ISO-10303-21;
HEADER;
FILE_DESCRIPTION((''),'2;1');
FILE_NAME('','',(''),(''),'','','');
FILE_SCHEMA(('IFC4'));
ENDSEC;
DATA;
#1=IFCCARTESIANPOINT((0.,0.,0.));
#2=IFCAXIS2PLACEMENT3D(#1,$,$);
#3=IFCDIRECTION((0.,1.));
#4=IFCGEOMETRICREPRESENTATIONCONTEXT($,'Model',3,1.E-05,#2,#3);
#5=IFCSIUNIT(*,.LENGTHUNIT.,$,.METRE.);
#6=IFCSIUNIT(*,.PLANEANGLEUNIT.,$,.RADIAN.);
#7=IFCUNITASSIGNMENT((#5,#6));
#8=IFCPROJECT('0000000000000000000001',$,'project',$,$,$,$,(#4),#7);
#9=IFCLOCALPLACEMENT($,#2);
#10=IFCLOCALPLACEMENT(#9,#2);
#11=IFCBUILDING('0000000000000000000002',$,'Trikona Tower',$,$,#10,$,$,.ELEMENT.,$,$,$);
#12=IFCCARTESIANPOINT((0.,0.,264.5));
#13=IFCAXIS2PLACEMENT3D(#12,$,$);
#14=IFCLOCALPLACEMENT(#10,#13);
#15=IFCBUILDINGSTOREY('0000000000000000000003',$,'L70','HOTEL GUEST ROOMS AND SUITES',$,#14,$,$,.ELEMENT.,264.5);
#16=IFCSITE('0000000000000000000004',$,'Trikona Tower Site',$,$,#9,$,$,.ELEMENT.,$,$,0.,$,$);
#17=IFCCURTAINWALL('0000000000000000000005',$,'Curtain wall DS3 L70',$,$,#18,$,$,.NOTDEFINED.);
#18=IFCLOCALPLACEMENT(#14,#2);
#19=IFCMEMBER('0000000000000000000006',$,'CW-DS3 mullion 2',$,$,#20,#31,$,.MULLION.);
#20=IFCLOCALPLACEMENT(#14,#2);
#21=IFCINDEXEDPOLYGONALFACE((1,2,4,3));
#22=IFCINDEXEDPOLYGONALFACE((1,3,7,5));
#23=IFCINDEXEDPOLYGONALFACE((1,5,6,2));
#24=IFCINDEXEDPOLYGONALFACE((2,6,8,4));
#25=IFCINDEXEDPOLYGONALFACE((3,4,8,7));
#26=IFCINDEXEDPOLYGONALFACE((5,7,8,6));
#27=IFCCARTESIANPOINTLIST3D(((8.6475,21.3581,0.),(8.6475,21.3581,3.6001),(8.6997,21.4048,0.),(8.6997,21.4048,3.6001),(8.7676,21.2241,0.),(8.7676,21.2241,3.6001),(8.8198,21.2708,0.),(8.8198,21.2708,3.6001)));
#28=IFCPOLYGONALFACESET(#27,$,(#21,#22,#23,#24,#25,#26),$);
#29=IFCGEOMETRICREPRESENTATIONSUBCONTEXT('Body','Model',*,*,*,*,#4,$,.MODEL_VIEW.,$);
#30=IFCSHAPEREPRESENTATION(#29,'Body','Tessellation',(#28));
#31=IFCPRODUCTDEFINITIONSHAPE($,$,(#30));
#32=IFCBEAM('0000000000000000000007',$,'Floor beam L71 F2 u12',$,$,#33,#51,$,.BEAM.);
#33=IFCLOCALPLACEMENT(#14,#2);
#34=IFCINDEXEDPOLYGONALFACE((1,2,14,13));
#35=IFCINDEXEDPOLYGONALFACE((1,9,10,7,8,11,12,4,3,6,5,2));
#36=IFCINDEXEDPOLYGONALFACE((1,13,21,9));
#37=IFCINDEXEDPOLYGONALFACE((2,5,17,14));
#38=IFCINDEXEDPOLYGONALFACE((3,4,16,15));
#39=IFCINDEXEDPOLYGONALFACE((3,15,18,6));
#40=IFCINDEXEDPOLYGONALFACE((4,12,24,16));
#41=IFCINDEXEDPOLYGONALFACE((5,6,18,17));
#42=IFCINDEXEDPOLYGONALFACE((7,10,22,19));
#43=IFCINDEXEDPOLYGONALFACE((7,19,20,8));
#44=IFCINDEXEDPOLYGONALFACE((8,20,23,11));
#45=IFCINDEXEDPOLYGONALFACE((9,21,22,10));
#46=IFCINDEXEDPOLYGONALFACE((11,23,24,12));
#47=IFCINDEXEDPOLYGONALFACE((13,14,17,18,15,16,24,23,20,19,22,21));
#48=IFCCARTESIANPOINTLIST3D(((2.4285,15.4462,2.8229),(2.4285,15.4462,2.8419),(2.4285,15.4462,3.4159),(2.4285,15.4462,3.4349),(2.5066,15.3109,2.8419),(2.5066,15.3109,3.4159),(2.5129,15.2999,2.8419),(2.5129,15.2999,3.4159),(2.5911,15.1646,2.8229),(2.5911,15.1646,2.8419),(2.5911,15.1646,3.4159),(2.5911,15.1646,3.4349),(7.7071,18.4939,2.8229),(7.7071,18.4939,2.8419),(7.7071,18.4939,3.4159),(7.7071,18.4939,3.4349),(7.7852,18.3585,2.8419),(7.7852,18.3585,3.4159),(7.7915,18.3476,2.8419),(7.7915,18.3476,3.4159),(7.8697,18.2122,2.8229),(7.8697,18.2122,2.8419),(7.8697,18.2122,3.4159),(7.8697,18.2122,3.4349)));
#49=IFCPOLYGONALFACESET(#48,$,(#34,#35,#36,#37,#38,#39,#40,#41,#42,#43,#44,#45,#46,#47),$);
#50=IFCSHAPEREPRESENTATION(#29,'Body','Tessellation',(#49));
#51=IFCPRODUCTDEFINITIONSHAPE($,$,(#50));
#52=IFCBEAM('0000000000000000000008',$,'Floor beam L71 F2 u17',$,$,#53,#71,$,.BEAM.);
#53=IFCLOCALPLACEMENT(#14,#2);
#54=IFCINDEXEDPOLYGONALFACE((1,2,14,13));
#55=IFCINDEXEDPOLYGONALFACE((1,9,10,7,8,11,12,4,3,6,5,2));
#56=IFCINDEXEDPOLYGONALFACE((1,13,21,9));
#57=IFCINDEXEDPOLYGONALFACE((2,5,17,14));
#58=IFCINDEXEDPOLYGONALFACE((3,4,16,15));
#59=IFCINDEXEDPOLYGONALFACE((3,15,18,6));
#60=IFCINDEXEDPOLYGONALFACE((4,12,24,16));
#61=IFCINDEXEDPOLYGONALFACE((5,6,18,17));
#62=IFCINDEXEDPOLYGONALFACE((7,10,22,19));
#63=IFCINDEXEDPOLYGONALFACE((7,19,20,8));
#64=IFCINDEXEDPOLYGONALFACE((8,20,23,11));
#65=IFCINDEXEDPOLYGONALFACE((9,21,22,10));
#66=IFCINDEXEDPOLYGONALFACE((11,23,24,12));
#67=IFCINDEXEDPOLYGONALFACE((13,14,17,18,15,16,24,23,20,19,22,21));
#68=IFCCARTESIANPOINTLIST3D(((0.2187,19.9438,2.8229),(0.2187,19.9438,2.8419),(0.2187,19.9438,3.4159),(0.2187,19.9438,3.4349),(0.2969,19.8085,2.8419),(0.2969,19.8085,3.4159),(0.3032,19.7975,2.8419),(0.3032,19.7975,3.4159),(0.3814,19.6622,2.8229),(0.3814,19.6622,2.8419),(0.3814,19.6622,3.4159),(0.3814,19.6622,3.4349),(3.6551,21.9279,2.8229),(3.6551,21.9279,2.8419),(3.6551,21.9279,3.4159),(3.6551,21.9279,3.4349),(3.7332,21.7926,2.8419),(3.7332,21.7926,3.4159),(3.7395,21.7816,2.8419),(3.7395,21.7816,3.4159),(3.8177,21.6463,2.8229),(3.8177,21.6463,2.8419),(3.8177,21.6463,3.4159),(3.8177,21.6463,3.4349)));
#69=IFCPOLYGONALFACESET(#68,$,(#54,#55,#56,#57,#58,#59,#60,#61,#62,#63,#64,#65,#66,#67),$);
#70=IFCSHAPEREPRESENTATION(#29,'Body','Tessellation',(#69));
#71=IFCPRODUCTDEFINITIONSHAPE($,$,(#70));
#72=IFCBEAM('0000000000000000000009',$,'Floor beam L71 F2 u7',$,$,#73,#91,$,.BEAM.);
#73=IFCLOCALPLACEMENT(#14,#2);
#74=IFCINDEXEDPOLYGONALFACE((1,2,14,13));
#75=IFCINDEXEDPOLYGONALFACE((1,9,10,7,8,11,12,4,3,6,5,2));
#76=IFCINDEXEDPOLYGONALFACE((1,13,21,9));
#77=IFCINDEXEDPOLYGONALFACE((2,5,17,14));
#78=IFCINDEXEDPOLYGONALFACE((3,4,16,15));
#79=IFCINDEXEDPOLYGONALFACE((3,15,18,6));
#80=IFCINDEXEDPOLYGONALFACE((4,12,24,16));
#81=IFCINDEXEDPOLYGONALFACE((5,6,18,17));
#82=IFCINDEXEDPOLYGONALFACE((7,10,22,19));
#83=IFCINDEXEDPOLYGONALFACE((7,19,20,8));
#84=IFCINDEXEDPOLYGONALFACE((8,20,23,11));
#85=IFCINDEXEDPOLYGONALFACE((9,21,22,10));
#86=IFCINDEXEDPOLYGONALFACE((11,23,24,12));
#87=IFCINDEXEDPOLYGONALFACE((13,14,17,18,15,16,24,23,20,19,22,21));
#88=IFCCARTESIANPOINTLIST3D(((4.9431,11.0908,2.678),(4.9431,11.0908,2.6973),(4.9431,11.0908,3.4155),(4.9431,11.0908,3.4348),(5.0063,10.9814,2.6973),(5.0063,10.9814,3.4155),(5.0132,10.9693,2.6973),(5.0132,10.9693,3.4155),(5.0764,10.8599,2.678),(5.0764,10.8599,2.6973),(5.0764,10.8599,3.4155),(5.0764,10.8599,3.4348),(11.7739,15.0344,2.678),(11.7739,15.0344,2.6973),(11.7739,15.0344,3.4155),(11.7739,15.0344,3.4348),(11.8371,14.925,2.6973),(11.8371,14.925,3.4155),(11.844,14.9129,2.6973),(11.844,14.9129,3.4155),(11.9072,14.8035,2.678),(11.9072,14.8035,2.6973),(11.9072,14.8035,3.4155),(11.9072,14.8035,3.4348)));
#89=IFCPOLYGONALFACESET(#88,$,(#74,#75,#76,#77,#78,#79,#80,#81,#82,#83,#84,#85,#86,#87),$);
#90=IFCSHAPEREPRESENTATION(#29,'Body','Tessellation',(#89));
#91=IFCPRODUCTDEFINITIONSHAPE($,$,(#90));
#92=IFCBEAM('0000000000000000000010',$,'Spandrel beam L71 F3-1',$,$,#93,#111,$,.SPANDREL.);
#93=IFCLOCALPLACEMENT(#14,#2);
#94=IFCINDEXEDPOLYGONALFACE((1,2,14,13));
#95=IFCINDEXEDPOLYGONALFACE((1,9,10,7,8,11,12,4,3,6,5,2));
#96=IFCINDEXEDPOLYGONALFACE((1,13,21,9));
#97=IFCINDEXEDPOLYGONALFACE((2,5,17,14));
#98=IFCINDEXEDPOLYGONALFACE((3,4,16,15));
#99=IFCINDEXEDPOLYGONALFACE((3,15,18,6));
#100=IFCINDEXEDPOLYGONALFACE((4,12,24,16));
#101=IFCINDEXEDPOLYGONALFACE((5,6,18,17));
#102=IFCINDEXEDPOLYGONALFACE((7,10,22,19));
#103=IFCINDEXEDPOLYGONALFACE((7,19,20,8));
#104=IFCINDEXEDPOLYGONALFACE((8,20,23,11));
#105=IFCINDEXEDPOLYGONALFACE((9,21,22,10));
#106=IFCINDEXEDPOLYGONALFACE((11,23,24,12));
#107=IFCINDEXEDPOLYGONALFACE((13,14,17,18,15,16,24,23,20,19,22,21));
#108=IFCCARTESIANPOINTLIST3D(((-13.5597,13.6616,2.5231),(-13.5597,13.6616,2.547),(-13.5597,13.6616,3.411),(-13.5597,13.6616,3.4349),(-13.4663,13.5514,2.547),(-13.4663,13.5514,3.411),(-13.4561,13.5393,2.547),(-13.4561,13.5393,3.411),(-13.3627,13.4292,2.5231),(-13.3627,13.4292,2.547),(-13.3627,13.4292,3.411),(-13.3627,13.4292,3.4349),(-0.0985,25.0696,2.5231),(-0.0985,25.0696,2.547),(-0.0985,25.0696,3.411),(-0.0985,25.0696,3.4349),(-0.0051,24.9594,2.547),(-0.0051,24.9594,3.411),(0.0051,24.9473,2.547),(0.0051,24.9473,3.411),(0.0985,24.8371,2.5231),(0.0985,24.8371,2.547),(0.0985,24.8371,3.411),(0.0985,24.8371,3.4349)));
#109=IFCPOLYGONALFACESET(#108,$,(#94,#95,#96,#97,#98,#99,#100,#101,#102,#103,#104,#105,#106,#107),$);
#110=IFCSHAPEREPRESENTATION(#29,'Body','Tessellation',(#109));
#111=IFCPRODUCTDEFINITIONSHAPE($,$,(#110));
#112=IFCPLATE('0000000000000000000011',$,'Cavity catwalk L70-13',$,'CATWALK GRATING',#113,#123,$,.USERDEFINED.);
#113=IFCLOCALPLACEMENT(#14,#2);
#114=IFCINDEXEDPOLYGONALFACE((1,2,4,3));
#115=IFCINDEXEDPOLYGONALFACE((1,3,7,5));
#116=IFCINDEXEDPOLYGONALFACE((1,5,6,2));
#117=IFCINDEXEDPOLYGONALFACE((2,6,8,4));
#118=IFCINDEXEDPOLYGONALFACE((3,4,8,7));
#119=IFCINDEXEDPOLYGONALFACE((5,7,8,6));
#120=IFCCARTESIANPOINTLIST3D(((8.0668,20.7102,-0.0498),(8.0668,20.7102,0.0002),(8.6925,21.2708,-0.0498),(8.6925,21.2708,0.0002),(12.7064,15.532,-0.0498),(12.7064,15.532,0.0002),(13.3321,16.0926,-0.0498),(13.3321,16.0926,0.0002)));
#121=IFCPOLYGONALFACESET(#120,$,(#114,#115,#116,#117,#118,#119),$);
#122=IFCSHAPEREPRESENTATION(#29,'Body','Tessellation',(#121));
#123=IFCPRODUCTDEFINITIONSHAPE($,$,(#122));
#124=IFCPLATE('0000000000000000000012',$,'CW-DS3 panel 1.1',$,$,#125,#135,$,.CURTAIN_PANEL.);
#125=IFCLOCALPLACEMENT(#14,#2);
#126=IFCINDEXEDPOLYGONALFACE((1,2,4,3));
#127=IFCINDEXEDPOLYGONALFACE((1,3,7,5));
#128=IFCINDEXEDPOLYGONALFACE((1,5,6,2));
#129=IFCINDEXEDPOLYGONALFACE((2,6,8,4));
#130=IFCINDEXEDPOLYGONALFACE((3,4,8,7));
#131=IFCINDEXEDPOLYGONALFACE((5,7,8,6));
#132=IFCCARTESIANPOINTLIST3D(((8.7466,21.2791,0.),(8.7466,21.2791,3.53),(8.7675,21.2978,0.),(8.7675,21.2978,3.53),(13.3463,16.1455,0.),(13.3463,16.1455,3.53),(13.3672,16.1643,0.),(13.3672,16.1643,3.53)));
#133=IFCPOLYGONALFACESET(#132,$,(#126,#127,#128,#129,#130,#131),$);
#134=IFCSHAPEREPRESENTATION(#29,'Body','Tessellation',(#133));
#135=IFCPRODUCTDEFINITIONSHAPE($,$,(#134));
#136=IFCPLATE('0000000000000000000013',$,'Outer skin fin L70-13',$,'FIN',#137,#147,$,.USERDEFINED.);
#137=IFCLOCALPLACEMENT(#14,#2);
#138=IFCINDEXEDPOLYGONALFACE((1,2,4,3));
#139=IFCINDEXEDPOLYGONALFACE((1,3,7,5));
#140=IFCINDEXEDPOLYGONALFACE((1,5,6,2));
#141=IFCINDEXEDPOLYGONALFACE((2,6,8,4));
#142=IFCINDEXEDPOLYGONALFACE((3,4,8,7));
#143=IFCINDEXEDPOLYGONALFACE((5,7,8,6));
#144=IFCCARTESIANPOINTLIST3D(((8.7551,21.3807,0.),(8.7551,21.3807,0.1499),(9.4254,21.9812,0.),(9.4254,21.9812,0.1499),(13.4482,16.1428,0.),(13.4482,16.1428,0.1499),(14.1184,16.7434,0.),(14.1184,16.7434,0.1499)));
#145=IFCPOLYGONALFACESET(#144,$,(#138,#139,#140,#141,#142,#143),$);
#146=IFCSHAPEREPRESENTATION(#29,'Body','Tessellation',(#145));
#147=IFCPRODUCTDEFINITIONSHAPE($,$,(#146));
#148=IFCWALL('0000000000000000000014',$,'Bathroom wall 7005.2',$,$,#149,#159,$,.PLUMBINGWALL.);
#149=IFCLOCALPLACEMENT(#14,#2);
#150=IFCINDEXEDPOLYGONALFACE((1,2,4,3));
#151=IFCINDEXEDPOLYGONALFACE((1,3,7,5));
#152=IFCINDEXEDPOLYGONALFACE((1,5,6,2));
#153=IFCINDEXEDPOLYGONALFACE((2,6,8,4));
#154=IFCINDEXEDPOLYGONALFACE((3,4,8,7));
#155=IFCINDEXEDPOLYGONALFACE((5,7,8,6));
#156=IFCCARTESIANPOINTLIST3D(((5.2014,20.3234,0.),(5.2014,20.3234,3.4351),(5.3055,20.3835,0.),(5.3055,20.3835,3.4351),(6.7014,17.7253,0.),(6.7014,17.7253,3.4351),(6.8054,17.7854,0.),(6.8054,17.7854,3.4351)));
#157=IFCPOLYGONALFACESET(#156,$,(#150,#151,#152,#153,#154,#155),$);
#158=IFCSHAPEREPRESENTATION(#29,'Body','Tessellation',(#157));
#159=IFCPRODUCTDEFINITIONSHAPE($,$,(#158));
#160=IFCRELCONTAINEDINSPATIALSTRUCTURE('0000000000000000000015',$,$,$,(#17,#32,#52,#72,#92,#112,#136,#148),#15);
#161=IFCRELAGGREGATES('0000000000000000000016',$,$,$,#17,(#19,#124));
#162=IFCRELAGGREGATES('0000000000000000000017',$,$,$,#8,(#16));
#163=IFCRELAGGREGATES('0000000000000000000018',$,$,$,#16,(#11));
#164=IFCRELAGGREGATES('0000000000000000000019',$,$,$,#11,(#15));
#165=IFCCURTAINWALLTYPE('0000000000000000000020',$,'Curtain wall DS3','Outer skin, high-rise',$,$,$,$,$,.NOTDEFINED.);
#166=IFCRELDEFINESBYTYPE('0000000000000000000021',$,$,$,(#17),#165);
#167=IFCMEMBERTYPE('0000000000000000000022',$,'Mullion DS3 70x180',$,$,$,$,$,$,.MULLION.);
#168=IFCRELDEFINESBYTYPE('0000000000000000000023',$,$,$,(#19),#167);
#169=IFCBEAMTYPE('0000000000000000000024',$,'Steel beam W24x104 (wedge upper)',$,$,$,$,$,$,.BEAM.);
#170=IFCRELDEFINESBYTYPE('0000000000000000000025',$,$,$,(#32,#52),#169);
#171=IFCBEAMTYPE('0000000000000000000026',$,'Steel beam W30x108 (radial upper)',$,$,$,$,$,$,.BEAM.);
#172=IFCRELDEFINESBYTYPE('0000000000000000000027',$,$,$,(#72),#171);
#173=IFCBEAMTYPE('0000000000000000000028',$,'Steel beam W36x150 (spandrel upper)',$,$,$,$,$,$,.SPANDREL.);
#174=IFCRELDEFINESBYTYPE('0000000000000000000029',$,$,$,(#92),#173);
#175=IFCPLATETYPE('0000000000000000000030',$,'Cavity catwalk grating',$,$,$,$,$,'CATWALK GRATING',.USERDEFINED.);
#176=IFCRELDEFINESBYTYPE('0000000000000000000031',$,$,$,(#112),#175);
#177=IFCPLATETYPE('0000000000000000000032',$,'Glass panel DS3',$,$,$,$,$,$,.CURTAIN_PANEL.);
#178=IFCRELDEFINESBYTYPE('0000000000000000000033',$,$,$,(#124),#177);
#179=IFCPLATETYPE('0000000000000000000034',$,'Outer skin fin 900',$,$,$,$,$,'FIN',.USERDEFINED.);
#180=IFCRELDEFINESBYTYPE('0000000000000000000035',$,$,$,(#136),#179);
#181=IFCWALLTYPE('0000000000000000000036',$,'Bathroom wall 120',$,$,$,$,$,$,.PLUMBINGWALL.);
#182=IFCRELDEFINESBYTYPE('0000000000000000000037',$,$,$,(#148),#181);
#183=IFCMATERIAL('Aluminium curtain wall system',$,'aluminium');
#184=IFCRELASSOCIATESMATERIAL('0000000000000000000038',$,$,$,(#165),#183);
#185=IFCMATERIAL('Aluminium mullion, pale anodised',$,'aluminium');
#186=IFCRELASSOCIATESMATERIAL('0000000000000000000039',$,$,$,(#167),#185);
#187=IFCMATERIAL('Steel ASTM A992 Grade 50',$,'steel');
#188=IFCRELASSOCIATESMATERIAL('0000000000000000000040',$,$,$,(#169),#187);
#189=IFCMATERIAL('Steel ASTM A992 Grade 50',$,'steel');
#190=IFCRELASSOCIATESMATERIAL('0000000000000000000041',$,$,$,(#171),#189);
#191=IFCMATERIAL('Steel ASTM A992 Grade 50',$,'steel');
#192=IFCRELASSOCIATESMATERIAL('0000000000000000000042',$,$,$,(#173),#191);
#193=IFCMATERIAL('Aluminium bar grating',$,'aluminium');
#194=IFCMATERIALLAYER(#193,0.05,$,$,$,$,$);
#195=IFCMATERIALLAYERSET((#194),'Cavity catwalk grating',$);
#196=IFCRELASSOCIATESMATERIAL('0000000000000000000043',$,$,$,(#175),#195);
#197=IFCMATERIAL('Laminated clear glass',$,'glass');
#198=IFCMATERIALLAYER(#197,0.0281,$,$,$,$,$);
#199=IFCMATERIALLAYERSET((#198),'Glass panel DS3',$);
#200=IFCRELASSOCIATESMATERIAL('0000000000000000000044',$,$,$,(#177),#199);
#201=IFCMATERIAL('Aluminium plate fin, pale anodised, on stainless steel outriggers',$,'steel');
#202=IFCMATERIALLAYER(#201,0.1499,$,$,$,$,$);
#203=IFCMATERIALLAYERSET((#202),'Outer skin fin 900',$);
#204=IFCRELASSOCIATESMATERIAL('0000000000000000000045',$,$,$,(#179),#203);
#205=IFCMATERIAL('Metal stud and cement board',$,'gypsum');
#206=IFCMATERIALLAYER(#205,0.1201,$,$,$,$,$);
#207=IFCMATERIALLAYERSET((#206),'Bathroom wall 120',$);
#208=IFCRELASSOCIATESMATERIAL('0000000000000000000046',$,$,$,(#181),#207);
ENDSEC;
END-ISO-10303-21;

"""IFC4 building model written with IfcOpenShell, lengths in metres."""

from ifc_helpers import new_model, si_unit, direction, frame, frame_2d, origin, origin_2d, place, context, subcontext, project, spatial, rectangle, i_section, extrude, material, layer, layer_set, material_profile, profile_set, type_object, element, aggregate, save


model = new_model("IFC4")

# Units and contexts
model_context = context("Model", 3, precision=1e-05, world=origin(), true_north=direction((0.0, 1.0)))
body_context = subcontext(model_context, "Body", "Model", "MODEL_VIEW")
ifc_project = project(units=[si_unit("LENGTHUNIT", "METRE"), si_unit("PLANEANGLEUNIT", "RADIAN")], contexts=[model_context])

# Site, building, storey
site_placement = place(None, origin())
site = spatial("IfcSite", under=ifc_project, at=site_placement, Name="Trikona Tower Site", CompositionType="ELEMENT", RefElevation=0.0)
building_placement = place(site_placement, origin())
building = spatial("IfcBuilding", under=site, at=building_placement, Name="Trikona Tower", CompositionType="ELEMENT")
storey_placement = place(building_placement, frame((0.0, 0.0, 264.5)))
storey = spatial("IfcBuildingStorey", under=building, at=storey_placement, Name="L70", Description="HOTEL GUEST ROOMS AND SUITES", CompositionType="ELEMENT", Elevation=264.5)

# Curtain wall, member
ifc_material_1 = material(Name="Aluminium curtain wall system", Category="aluminium")
curtain_wall_type = type_object("IfcCurtainWallType", Name="Curtain wall DS3", Description="Outer skin, high-rise", PredefinedType="NOTDEFINED", material=ifc_material_1)
curtain_wall_placement = place(storey_placement, origin())
curtain_wall = element("IfcCurtainWall", 1, at=curtain_wall_placement, inside=storey, type_object=curtain_wall_type, Name="Curtain wall DS3 L70", PredefinedType="NOTDEFINED")
ifc_material_2 = material(Name="Aluminium mullion, pale anodised", Category="aluminium")
ifc_material_profile_1 = material_profile(ifc_material_2, rectangle(XDim=0.0701, YDim=0.1799, at=origin_2d()), Name="MUL-DS3")
ifc_profile_set_1 = profile_set([ifc_material_profile_1], Name="Aluminium mullion, pale anodised")
member_type = type_object("IfcMemberType", Name="Mullion DS3 70x180", PredefinedType="MULLION", material=ifc_profile_set_1)
member_placement = place(storey_placement, frame((8.7336, 21.3145, 0.0), z_axis=(0.0, 0.0, 1.0), x_axis=(-0.744771, -0.66732, 0.0)))
member = element("IfcMember", 2, at=member_placement, type_object=member_type, Name="CW-DS3 mullion 2", PredefinedType="MULLION", context=body_context, shape_type="SweptSolid", body=[
    extrude(rectangle(XDim=0.0701, YDim=0.1799, at=origin_2d()), origin(), (0.0, 0.0, 1.0), 3.6001),
])

# Beams
ifc_material_3 = material(Name="Steel ASTM A992 Grade 50", Category="steel")
ifc_material_profile_2 = material_profile(ifc_material_3, i_section(OverallWidth=0.3252, OverallDepth=0.6121, WebThickness=0.0127, FlangeThickness=0.019, at=origin_2d()), Name="W24X104")
ifc_profile_set_2 = profile_set([ifc_material_profile_2], Name="Steel ASTM A992 Grade 50")
beam_type_1 = type_object("IfcBeamType", Name="Steel beam W24x104 (wedge upper)", PredefinedType="BEAM", material=ifc_profile_set_2)
beam_1_placement = place(storey_placement, frame((2.5098, 15.3054, 3.1289), z_axis=(0.866023, 0.500003, 0.0), x_axis=(-0.500003, 0.866023, 0.0)))
element("IfcBeam", 3, at=beam_1_placement, inside=storey, type_object=beam_type_1, Name="Floor beam L71 F2 u12", PredefinedType="BEAM", context=body_context, shape_type="SweptSolid", body=[
    extrude(i_section(OverallWidth=0.3252, OverallDepth=0.6121, WebThickness=0.0127, FlangeThickness=0.019, at=origin_2d()), origin(), (0.0, 0.0, 1.0), 6.0952),
])
beam_2_placement = place(storey_placement, frame((0.3, 19.803, 3.1289), z_axis=(0.866004, 0.500037, 0.0), x_axis=(-0.500037, 0.866004, 0.0)))
element("IfcBeam", 4, at=beam_2_placement, inside=storey, type_object=beam_type_1, Name="Floor beam L71 F2 u17", PredefinedType="BEAM", context=body_context, shape_type="SweptSolid", body=[
    extrude(i_section(OverallWidth=0.3252, OverallDepth=0.6121, WebThickness=0.0127, FlangeThickness=0.019, at=origin_2d()), origin(), (0.0, 0.0, 1.0), 3.968),
])
ifc_material_4 = material(Name="Steel ASTM A992 Grade 50", Category="steel")
ifc_material_profile_3 = material_profile(ifc_material_4, i_section(OverallWidth=0.2666, OverallDepth=0.7568, WebThickness=0.0139, FlangeThickness=0.0193, at=origin_2d()), Name="W30X108")
ifc_profile_set_3 = profile_set([ifc_material_profile_3], Name="Steel ASTM A992 Grade 50")
beam_type_2 = type_object("IfcBeamType", Name="Steel beam W30x108 (radial upper)", PredefinedType="BEAM", material=ifc_profile_set_3)
beam_3_placement = place(storey_placement, frame((5.0098, 10.9753, 3.0564), z_axis=(0.866035, 0.499984, 0.0), x_axis=(-0.499984, 0.866035, 0.0)))
element("IfcBeam", 5, at=beam_3_placement, inside=storey, type_object=beam_type_2, Name="Floor beam L71 F2 u7", PredefinedType="BEAM", context=body_context, shape_type="SweptSolid", body=[
    extrude(i_section(OverallWidth=0.2666, OverallDepth=0.7568, WebThickness=0.0139, FlangeThickness=0.0193, at=origin_2d()), origin(), (0.0, 0.0, 1.0), 7.8875),
])
ifc_material_5 = material(Name="Steel ASTM A992 Grade 50", Category="steel")
ifc_material_profile_4 = material_profile(ifc_material_5, i_section(OverallWidth=0.3047, OverallDepth=0.9119, WebThickness=0.0159, FlangeThickness=0.0239, at=origin_2d()), Name="W36X150")
ifc_profile_set_4 = profile_set([ifc_material_profile_4], Name="Steel ASTM A992 Grade 50")
beam_type_3 = type_object("IfcBeamType", Name="Steel beam W36x150 (spandrel upper)", PredefinedType="SPANDREL", material=ifc_profile_set_4)
beam_4_placement = place(storey_placement, frame((0.0, 24.9534, 2.979), z_axis=(-0.762891, -0.646528, 0.0), x_axis=(0.646528, -0.762891, 0.0)))
element("IfcBeam", 6, at=beam_4_placement, inside=storey, type_object=beam_type_3, Name="Spandrel beam L71 F3-1", PredefinedType="SPANDREL", context=body_context, shape_type="SweptSolid", body=[
    extrude(i_section(OverallWidth=0.3047, OverallDepth=0.9119, WebThickness=0.0159, FlangeThickness=0.0239, at=origin_2d()), origin(), (0.0, 0.0, 1.0), 17.645),
])

# Plates
ifc_material_6 = material(Name="Aluminium bar grating", Category="aluminium")
ifc_layer_1 = layer(ifc_material_6, 0.05)
ifc_layer_set_1 = layer_set([ifc_layer_1], Name="Cavity catwalk grating")
plate_type_1 = type_object("IfcPlateType", Name="Cavity catwalk grating", ElementType="CATWALK GRATING", PredefinedType="USERDEFINED", material=ifc_layer_set_1)
plate_1_placement = place(storey_placement, frame((10.6995, 18.4014, -0.0498), z_axis=(0.0, 0.0, 1.0), x_axis=(-0.667311, 0.744779, 0.0)))
element("IfcPlate", 7, at=plate_1_placement, inside=storey, type_object=plate_type_1, Name="Cavity catwalk L70-13", ObjectType="CATWALK GRATING", PredefinedType="USERDEFINED", context=body_context, shape_type="SweptSolid", body=[
    extrude(rectangle(XDim=6.9526, YDim=0.8401, at=origin_2d()), origin(), (0.0, 0.0, 1.0), 0.05),
])
ifc_material_7 = material(Name="Laminated clear glass", Category="glass")
ifc_layer_2 = layer(ifc_material_7, 0.0281)
ifc_layer_set_2 = layer_set([ifc_layer_2], Name="Glass panel DS3")
plate_type_2 = type_object("IfcPlateType", Name="Glass panel DS3", PredefinedType="CURTAIN_PANEL", material=ifc_layer_set_2)
plate_2_placement = place(storey_placement, frame((11.0569, 18.7217, 0.0), z_axis=(0.0, 0.0, 1.0), x_axis=(-0.66732, 0.744771, 0.0)))
plate_2 = element("IfcPlate", 8, at=plate_2_placement, type_object=plate_type_2, Name="CW-DS3 panel 1.1", PredefinedType="CURTAIN_PANEL", context=body_context, shape_type="SweptSolid", body=[
    extrude(rectangle(XDim=6.8928, YDim=0.0281, at=origin_2d()), origin(), (0.0, 0.0, 1.0), 3.53),
])
aggregate(curtain_wall, [member, plate_2])
ifc_material_8 = material(Name="Aluminium plate fin, pale anodised, on stainless steel outriggers", Category="steel")
ifc_layer_3 = layer(ifc_material_8, 0.1499)
ifc_layer_set_3 = layer_set([ifc_layer_3], Name="Outer skin fin 900")
plate_type_3 = type_object("IfcPlateType", Name="Outer skin fin 900", ElementType="FIN", PredefinedType="USERDEFINED", material=ifc_layer_set_3)
plate_3_placement = place(storey_placement, frame((11.4368, 19.062, 0.0), z_axis=(0.0, 0.0, 1.0), x_axis=(-0.667311, 0.744779, 0.0)))
element("IfcPlate", 9, at=plate_3_placement, inside=storey, type_object=plate_type_3, Name="Outer skin fin L70-13", ObjectType="FIN", PredefinedType="USERDEFINED", context=body_context, shape_type="SweptSolid", body=[
    extrude(rectangle(XDim=7.0327, YDim=0.8999, at=origin_2d()), origin(), (0.0, 0.0, 1.0), 0.1499),
])

# Wall
ifc_material_9 = material(Name="Metal stud and cement board", Category="gypsum")
ifc_layer_4 = layer(ifc_material_9, 0.1201)
ifc_layer_set_4 = layer_set([ifc_layer_4], Name="Bathroom wall 120")
wall_type_1 = type_object("IfcWallType", Name="Bathroom wall 120", PredefinedType="PLUMBINGWALL", material=ifc_layer_set_4)
wall_1_placement = place(storey_placement, frame((6.7534, 17.7554, 0.0), z_axis=(0.0, 0.0, 1.0), x_axis=(-0.49999, 0.866031, 0.0)))
element("IfcWall", 10, at=wall_1_placement, inside=storey, type_object=wall_type_1, Name="Bathroom wall 7005.2", PredefinedType="PLUMBINGWALL", context=body_context, shape_type="SweptSolid", body=[
    extrude(rectangle(XDim=3.0, YDim=0.1201, at=frame_2d((1.5, 0.0))), origin(), (0.0, 0.0, 1.0), 3.4351),
])

save(model, "model.ifc")
